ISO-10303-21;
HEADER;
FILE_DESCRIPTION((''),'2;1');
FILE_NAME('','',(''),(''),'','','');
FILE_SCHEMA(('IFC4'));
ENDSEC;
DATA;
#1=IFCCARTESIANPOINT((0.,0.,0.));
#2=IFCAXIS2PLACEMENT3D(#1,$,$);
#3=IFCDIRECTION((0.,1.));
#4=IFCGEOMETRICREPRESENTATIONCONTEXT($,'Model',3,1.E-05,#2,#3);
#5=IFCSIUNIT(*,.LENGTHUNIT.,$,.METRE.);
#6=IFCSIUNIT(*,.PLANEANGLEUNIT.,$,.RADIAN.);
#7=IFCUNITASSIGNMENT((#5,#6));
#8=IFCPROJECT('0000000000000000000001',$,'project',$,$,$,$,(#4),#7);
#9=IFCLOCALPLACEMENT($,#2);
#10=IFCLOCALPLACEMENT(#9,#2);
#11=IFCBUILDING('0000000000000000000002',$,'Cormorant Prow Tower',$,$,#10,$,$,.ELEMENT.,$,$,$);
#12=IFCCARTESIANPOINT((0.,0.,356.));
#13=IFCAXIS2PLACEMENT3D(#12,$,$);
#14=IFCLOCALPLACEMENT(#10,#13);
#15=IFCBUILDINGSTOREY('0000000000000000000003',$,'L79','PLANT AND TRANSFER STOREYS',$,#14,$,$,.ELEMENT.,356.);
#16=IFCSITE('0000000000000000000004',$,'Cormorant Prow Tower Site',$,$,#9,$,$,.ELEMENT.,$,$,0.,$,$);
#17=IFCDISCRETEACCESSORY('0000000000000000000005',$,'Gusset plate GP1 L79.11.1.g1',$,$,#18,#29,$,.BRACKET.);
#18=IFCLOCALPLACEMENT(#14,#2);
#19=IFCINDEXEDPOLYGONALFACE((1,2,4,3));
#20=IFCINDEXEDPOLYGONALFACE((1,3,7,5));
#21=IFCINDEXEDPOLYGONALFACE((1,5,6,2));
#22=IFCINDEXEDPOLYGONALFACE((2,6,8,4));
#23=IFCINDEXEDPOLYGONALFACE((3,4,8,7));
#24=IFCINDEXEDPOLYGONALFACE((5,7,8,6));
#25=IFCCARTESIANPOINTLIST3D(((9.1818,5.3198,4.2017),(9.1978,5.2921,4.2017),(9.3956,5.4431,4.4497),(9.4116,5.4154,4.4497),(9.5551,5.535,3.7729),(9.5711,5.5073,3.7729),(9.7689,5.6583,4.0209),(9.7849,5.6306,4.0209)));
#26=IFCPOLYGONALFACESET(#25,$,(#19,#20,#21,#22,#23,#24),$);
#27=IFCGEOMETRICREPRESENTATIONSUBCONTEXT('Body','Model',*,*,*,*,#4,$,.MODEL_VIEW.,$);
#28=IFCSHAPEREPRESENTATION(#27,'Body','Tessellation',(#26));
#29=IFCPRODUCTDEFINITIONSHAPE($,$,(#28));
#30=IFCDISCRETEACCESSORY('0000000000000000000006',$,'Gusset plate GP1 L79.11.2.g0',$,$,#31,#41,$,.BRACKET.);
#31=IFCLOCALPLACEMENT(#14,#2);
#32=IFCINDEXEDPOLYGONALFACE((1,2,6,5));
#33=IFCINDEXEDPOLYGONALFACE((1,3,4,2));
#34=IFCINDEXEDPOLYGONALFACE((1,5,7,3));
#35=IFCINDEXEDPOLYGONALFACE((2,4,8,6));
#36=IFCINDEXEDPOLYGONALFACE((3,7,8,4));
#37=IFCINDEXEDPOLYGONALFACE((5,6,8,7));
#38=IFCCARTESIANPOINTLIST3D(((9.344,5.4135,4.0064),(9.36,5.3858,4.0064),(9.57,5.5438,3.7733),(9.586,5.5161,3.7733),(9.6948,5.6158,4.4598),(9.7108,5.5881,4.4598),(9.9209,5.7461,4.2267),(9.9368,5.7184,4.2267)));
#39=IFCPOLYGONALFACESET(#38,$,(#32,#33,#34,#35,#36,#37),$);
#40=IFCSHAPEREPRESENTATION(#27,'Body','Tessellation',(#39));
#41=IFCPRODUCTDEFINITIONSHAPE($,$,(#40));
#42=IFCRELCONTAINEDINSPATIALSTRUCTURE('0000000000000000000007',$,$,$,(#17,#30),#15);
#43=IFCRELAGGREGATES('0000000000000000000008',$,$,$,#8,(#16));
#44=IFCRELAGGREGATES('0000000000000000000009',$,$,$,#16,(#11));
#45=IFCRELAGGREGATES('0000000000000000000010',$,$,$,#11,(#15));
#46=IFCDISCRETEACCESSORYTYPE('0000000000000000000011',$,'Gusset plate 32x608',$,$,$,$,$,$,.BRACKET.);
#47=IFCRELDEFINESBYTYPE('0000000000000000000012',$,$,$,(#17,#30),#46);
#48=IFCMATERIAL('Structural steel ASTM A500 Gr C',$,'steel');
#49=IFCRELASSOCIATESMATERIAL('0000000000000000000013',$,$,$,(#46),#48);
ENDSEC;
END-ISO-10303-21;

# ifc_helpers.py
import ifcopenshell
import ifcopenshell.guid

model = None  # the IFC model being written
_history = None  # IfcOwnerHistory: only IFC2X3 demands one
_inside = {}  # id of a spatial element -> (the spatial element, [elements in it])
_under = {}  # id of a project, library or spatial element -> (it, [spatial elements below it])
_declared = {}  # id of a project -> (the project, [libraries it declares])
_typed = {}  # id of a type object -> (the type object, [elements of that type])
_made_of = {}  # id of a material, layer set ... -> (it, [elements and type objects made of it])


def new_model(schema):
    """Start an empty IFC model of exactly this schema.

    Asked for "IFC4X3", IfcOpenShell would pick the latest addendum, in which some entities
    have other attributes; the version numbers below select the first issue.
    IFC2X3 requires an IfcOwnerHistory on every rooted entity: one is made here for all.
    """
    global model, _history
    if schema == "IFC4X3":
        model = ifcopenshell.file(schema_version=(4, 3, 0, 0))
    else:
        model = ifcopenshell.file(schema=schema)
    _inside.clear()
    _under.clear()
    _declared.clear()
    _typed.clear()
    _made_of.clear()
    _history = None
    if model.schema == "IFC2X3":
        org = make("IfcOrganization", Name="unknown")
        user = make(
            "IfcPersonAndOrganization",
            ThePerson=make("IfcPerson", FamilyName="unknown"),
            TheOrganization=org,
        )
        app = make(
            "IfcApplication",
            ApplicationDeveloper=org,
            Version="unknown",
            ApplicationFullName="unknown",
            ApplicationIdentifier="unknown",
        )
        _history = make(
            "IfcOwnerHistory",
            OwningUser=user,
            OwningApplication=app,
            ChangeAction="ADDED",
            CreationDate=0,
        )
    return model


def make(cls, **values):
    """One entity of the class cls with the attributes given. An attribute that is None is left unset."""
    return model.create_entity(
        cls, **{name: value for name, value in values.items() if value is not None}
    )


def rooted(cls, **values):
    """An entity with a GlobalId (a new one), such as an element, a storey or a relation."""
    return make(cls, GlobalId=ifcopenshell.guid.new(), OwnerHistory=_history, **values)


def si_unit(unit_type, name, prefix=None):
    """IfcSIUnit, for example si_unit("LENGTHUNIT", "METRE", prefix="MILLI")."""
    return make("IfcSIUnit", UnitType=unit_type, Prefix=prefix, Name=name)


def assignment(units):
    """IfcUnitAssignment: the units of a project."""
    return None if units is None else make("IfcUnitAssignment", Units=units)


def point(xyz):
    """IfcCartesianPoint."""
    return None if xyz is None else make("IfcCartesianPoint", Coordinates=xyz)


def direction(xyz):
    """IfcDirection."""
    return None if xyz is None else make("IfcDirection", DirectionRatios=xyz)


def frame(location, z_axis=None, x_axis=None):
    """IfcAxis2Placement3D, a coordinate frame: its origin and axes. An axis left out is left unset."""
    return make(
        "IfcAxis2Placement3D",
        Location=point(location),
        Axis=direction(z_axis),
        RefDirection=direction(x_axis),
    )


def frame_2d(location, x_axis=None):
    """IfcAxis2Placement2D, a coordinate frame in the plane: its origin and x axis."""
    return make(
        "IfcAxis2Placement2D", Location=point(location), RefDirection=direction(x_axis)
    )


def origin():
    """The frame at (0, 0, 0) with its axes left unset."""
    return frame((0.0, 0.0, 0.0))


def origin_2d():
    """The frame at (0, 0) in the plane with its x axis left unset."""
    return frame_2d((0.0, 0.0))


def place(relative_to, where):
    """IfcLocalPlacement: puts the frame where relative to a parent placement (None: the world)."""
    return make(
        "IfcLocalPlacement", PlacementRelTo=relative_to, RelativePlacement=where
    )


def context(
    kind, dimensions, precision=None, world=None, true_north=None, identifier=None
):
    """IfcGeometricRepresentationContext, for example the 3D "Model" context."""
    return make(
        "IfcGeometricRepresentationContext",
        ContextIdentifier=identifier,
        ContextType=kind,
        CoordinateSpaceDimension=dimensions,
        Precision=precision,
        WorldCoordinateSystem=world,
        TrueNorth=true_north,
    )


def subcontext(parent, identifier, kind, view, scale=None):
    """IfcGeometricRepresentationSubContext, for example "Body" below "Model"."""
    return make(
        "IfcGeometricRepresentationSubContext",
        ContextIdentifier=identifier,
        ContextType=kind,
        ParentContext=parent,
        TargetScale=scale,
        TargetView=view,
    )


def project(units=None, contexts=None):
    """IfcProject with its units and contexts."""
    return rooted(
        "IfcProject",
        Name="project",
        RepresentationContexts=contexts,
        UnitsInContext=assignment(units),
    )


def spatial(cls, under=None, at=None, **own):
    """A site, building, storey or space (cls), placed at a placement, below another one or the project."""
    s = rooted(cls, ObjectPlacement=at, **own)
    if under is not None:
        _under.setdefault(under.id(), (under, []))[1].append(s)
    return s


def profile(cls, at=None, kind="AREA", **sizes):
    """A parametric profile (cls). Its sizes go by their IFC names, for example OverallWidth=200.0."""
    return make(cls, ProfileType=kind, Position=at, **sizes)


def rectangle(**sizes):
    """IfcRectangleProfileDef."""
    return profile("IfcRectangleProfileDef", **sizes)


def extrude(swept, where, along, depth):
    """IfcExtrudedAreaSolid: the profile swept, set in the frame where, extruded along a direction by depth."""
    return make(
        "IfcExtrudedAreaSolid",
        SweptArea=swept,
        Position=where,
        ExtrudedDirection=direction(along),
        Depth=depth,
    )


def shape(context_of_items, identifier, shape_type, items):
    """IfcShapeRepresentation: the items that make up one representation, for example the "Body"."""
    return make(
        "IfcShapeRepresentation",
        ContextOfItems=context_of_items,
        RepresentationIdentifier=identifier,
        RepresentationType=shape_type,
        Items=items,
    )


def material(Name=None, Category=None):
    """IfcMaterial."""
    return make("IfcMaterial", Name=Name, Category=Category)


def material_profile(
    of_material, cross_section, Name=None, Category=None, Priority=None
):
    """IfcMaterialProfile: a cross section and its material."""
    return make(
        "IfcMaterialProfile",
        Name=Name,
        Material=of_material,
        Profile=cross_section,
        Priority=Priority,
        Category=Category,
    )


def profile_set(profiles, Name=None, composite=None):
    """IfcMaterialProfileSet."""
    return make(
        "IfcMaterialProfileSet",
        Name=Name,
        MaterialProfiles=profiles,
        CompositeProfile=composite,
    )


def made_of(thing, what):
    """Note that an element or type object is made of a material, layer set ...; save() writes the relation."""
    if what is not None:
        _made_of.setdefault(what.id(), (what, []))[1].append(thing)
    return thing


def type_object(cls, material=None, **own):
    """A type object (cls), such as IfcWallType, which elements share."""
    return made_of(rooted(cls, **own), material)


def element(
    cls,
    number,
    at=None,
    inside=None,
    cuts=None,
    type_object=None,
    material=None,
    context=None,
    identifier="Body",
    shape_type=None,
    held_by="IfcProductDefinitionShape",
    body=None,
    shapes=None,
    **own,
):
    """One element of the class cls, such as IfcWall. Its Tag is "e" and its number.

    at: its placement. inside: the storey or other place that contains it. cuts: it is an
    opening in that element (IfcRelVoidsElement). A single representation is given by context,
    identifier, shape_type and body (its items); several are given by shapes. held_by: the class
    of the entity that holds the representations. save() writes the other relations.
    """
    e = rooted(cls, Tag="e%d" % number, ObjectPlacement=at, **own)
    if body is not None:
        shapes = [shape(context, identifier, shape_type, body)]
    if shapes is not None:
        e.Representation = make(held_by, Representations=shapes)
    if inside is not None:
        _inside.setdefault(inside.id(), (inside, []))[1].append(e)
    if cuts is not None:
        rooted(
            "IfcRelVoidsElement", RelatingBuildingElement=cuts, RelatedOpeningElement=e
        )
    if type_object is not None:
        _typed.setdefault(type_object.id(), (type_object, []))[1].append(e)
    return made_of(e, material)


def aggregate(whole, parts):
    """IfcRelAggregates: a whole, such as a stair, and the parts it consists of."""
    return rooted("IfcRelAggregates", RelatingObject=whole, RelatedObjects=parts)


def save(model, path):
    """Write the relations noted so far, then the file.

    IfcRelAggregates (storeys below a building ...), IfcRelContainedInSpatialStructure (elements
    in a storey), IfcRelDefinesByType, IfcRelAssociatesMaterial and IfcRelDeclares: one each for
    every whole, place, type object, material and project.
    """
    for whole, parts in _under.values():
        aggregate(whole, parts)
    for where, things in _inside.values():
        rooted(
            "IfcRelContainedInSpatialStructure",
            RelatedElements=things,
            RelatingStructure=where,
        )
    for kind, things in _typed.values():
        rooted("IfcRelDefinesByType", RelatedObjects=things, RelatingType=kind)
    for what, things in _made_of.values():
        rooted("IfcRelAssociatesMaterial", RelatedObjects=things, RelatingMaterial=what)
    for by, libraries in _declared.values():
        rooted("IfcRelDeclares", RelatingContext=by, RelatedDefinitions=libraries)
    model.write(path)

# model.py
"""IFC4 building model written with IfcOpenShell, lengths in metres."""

from ifc_helpers import new_model, si_unit, direction, frame, origin, origin_2d, place, context, subcontext, project, spatial, rectangle, extrude, material, material_profile, profile_set, type_object, element, save


model = new_model("IFC4")

# Units and contexts
model_context = context("Model", 3, precision=1e-05, world=origin(), true_north=direction((0.0, 1.0)))
body_context = subcontext(model_context, "Body", "Model", "MODEL_VIEW")
ifc_project = project(units=[si_unit("LENGTHUNIT", "METRE"), si_unit("PLANEANGLEUNIT", "RADIAN")], contexts=[model_context])

# Site, building, storey
site_placement = place(None, origin())
site = spatial("IfcSite", under=ifc_project, at=site_placement, Name="Cormorant Prow Tower Site", CompositionType="ELEMENT", RefElevation=0.0)
building_placement = place(site_placement, origin())
building = spatial("IfcBuilding", under=site, at=building_placement, Name="Cormorant Prow Tower", CompositionType="ELEMENT")
storey_placement = place(building_placement, frame((0.0, 0.0, 356.0)))
storey = spatial("IfcBuildingStorey", under=building, at=storey_placement, Name="L79", Description="PLANT AND TRANSFER STOREYS", CompositionType="ELEMENT", Elevation=356.0)

# Discrete accessories
ifc_material_1 = material(Name="Structural steel ASTM A500 Gr C", Category="steel")
ifc_material_profile_1 = material_profile(ifc_material_1, rectangle(XDim=0.032, YDim=0.6079, at=origin_2d()), Name="Gusset plate 32x608")
ifc_profile_set_1 = profile_set([ifc_material_profile_1], Name="Structural steel ASTM A500 Gr C")
discrete_accessory_type_1 = type_object("IfcDiscreteAccessoryType", Name="Gusset plate 32x608", PredefinedType="BRACKET", material=ifc_profile_set_1)
for number, where, z_axis, x_axis, name in (
    (1, (9.3765, 5.4136, 3.9873), (0.611131, 0.352307, 0.708801), (-0.499437, 0.86635, 0.0), "Gusset plate GP1 L79.11.1.g1"),
    (2, (9.7534, 5.6311, 4.0), (-0.646013, -0.372539, 0.666245), (0.49956, -0.866279, 0.0), "Gusset plate GP1 L79.11.2.g0"),
):
    element("IfcDiscreteAccessory", number, at=place(storey_placement, frame(where, z_axis=z_axis, x_axis=x_axis)), inside=storey, type_object=discrete_accessory_type_1, Name=name, PredefinedType="BRACKET", context=body_context, shape_type="SweptSolid", body=[
        extrude(rectangle(XDim=0.032, YDim=0.6079, at=origin_2d()), origin(), (0.0, 0.0, 1.0), 0.3499),
    ])

save(model, "model.ifc")
